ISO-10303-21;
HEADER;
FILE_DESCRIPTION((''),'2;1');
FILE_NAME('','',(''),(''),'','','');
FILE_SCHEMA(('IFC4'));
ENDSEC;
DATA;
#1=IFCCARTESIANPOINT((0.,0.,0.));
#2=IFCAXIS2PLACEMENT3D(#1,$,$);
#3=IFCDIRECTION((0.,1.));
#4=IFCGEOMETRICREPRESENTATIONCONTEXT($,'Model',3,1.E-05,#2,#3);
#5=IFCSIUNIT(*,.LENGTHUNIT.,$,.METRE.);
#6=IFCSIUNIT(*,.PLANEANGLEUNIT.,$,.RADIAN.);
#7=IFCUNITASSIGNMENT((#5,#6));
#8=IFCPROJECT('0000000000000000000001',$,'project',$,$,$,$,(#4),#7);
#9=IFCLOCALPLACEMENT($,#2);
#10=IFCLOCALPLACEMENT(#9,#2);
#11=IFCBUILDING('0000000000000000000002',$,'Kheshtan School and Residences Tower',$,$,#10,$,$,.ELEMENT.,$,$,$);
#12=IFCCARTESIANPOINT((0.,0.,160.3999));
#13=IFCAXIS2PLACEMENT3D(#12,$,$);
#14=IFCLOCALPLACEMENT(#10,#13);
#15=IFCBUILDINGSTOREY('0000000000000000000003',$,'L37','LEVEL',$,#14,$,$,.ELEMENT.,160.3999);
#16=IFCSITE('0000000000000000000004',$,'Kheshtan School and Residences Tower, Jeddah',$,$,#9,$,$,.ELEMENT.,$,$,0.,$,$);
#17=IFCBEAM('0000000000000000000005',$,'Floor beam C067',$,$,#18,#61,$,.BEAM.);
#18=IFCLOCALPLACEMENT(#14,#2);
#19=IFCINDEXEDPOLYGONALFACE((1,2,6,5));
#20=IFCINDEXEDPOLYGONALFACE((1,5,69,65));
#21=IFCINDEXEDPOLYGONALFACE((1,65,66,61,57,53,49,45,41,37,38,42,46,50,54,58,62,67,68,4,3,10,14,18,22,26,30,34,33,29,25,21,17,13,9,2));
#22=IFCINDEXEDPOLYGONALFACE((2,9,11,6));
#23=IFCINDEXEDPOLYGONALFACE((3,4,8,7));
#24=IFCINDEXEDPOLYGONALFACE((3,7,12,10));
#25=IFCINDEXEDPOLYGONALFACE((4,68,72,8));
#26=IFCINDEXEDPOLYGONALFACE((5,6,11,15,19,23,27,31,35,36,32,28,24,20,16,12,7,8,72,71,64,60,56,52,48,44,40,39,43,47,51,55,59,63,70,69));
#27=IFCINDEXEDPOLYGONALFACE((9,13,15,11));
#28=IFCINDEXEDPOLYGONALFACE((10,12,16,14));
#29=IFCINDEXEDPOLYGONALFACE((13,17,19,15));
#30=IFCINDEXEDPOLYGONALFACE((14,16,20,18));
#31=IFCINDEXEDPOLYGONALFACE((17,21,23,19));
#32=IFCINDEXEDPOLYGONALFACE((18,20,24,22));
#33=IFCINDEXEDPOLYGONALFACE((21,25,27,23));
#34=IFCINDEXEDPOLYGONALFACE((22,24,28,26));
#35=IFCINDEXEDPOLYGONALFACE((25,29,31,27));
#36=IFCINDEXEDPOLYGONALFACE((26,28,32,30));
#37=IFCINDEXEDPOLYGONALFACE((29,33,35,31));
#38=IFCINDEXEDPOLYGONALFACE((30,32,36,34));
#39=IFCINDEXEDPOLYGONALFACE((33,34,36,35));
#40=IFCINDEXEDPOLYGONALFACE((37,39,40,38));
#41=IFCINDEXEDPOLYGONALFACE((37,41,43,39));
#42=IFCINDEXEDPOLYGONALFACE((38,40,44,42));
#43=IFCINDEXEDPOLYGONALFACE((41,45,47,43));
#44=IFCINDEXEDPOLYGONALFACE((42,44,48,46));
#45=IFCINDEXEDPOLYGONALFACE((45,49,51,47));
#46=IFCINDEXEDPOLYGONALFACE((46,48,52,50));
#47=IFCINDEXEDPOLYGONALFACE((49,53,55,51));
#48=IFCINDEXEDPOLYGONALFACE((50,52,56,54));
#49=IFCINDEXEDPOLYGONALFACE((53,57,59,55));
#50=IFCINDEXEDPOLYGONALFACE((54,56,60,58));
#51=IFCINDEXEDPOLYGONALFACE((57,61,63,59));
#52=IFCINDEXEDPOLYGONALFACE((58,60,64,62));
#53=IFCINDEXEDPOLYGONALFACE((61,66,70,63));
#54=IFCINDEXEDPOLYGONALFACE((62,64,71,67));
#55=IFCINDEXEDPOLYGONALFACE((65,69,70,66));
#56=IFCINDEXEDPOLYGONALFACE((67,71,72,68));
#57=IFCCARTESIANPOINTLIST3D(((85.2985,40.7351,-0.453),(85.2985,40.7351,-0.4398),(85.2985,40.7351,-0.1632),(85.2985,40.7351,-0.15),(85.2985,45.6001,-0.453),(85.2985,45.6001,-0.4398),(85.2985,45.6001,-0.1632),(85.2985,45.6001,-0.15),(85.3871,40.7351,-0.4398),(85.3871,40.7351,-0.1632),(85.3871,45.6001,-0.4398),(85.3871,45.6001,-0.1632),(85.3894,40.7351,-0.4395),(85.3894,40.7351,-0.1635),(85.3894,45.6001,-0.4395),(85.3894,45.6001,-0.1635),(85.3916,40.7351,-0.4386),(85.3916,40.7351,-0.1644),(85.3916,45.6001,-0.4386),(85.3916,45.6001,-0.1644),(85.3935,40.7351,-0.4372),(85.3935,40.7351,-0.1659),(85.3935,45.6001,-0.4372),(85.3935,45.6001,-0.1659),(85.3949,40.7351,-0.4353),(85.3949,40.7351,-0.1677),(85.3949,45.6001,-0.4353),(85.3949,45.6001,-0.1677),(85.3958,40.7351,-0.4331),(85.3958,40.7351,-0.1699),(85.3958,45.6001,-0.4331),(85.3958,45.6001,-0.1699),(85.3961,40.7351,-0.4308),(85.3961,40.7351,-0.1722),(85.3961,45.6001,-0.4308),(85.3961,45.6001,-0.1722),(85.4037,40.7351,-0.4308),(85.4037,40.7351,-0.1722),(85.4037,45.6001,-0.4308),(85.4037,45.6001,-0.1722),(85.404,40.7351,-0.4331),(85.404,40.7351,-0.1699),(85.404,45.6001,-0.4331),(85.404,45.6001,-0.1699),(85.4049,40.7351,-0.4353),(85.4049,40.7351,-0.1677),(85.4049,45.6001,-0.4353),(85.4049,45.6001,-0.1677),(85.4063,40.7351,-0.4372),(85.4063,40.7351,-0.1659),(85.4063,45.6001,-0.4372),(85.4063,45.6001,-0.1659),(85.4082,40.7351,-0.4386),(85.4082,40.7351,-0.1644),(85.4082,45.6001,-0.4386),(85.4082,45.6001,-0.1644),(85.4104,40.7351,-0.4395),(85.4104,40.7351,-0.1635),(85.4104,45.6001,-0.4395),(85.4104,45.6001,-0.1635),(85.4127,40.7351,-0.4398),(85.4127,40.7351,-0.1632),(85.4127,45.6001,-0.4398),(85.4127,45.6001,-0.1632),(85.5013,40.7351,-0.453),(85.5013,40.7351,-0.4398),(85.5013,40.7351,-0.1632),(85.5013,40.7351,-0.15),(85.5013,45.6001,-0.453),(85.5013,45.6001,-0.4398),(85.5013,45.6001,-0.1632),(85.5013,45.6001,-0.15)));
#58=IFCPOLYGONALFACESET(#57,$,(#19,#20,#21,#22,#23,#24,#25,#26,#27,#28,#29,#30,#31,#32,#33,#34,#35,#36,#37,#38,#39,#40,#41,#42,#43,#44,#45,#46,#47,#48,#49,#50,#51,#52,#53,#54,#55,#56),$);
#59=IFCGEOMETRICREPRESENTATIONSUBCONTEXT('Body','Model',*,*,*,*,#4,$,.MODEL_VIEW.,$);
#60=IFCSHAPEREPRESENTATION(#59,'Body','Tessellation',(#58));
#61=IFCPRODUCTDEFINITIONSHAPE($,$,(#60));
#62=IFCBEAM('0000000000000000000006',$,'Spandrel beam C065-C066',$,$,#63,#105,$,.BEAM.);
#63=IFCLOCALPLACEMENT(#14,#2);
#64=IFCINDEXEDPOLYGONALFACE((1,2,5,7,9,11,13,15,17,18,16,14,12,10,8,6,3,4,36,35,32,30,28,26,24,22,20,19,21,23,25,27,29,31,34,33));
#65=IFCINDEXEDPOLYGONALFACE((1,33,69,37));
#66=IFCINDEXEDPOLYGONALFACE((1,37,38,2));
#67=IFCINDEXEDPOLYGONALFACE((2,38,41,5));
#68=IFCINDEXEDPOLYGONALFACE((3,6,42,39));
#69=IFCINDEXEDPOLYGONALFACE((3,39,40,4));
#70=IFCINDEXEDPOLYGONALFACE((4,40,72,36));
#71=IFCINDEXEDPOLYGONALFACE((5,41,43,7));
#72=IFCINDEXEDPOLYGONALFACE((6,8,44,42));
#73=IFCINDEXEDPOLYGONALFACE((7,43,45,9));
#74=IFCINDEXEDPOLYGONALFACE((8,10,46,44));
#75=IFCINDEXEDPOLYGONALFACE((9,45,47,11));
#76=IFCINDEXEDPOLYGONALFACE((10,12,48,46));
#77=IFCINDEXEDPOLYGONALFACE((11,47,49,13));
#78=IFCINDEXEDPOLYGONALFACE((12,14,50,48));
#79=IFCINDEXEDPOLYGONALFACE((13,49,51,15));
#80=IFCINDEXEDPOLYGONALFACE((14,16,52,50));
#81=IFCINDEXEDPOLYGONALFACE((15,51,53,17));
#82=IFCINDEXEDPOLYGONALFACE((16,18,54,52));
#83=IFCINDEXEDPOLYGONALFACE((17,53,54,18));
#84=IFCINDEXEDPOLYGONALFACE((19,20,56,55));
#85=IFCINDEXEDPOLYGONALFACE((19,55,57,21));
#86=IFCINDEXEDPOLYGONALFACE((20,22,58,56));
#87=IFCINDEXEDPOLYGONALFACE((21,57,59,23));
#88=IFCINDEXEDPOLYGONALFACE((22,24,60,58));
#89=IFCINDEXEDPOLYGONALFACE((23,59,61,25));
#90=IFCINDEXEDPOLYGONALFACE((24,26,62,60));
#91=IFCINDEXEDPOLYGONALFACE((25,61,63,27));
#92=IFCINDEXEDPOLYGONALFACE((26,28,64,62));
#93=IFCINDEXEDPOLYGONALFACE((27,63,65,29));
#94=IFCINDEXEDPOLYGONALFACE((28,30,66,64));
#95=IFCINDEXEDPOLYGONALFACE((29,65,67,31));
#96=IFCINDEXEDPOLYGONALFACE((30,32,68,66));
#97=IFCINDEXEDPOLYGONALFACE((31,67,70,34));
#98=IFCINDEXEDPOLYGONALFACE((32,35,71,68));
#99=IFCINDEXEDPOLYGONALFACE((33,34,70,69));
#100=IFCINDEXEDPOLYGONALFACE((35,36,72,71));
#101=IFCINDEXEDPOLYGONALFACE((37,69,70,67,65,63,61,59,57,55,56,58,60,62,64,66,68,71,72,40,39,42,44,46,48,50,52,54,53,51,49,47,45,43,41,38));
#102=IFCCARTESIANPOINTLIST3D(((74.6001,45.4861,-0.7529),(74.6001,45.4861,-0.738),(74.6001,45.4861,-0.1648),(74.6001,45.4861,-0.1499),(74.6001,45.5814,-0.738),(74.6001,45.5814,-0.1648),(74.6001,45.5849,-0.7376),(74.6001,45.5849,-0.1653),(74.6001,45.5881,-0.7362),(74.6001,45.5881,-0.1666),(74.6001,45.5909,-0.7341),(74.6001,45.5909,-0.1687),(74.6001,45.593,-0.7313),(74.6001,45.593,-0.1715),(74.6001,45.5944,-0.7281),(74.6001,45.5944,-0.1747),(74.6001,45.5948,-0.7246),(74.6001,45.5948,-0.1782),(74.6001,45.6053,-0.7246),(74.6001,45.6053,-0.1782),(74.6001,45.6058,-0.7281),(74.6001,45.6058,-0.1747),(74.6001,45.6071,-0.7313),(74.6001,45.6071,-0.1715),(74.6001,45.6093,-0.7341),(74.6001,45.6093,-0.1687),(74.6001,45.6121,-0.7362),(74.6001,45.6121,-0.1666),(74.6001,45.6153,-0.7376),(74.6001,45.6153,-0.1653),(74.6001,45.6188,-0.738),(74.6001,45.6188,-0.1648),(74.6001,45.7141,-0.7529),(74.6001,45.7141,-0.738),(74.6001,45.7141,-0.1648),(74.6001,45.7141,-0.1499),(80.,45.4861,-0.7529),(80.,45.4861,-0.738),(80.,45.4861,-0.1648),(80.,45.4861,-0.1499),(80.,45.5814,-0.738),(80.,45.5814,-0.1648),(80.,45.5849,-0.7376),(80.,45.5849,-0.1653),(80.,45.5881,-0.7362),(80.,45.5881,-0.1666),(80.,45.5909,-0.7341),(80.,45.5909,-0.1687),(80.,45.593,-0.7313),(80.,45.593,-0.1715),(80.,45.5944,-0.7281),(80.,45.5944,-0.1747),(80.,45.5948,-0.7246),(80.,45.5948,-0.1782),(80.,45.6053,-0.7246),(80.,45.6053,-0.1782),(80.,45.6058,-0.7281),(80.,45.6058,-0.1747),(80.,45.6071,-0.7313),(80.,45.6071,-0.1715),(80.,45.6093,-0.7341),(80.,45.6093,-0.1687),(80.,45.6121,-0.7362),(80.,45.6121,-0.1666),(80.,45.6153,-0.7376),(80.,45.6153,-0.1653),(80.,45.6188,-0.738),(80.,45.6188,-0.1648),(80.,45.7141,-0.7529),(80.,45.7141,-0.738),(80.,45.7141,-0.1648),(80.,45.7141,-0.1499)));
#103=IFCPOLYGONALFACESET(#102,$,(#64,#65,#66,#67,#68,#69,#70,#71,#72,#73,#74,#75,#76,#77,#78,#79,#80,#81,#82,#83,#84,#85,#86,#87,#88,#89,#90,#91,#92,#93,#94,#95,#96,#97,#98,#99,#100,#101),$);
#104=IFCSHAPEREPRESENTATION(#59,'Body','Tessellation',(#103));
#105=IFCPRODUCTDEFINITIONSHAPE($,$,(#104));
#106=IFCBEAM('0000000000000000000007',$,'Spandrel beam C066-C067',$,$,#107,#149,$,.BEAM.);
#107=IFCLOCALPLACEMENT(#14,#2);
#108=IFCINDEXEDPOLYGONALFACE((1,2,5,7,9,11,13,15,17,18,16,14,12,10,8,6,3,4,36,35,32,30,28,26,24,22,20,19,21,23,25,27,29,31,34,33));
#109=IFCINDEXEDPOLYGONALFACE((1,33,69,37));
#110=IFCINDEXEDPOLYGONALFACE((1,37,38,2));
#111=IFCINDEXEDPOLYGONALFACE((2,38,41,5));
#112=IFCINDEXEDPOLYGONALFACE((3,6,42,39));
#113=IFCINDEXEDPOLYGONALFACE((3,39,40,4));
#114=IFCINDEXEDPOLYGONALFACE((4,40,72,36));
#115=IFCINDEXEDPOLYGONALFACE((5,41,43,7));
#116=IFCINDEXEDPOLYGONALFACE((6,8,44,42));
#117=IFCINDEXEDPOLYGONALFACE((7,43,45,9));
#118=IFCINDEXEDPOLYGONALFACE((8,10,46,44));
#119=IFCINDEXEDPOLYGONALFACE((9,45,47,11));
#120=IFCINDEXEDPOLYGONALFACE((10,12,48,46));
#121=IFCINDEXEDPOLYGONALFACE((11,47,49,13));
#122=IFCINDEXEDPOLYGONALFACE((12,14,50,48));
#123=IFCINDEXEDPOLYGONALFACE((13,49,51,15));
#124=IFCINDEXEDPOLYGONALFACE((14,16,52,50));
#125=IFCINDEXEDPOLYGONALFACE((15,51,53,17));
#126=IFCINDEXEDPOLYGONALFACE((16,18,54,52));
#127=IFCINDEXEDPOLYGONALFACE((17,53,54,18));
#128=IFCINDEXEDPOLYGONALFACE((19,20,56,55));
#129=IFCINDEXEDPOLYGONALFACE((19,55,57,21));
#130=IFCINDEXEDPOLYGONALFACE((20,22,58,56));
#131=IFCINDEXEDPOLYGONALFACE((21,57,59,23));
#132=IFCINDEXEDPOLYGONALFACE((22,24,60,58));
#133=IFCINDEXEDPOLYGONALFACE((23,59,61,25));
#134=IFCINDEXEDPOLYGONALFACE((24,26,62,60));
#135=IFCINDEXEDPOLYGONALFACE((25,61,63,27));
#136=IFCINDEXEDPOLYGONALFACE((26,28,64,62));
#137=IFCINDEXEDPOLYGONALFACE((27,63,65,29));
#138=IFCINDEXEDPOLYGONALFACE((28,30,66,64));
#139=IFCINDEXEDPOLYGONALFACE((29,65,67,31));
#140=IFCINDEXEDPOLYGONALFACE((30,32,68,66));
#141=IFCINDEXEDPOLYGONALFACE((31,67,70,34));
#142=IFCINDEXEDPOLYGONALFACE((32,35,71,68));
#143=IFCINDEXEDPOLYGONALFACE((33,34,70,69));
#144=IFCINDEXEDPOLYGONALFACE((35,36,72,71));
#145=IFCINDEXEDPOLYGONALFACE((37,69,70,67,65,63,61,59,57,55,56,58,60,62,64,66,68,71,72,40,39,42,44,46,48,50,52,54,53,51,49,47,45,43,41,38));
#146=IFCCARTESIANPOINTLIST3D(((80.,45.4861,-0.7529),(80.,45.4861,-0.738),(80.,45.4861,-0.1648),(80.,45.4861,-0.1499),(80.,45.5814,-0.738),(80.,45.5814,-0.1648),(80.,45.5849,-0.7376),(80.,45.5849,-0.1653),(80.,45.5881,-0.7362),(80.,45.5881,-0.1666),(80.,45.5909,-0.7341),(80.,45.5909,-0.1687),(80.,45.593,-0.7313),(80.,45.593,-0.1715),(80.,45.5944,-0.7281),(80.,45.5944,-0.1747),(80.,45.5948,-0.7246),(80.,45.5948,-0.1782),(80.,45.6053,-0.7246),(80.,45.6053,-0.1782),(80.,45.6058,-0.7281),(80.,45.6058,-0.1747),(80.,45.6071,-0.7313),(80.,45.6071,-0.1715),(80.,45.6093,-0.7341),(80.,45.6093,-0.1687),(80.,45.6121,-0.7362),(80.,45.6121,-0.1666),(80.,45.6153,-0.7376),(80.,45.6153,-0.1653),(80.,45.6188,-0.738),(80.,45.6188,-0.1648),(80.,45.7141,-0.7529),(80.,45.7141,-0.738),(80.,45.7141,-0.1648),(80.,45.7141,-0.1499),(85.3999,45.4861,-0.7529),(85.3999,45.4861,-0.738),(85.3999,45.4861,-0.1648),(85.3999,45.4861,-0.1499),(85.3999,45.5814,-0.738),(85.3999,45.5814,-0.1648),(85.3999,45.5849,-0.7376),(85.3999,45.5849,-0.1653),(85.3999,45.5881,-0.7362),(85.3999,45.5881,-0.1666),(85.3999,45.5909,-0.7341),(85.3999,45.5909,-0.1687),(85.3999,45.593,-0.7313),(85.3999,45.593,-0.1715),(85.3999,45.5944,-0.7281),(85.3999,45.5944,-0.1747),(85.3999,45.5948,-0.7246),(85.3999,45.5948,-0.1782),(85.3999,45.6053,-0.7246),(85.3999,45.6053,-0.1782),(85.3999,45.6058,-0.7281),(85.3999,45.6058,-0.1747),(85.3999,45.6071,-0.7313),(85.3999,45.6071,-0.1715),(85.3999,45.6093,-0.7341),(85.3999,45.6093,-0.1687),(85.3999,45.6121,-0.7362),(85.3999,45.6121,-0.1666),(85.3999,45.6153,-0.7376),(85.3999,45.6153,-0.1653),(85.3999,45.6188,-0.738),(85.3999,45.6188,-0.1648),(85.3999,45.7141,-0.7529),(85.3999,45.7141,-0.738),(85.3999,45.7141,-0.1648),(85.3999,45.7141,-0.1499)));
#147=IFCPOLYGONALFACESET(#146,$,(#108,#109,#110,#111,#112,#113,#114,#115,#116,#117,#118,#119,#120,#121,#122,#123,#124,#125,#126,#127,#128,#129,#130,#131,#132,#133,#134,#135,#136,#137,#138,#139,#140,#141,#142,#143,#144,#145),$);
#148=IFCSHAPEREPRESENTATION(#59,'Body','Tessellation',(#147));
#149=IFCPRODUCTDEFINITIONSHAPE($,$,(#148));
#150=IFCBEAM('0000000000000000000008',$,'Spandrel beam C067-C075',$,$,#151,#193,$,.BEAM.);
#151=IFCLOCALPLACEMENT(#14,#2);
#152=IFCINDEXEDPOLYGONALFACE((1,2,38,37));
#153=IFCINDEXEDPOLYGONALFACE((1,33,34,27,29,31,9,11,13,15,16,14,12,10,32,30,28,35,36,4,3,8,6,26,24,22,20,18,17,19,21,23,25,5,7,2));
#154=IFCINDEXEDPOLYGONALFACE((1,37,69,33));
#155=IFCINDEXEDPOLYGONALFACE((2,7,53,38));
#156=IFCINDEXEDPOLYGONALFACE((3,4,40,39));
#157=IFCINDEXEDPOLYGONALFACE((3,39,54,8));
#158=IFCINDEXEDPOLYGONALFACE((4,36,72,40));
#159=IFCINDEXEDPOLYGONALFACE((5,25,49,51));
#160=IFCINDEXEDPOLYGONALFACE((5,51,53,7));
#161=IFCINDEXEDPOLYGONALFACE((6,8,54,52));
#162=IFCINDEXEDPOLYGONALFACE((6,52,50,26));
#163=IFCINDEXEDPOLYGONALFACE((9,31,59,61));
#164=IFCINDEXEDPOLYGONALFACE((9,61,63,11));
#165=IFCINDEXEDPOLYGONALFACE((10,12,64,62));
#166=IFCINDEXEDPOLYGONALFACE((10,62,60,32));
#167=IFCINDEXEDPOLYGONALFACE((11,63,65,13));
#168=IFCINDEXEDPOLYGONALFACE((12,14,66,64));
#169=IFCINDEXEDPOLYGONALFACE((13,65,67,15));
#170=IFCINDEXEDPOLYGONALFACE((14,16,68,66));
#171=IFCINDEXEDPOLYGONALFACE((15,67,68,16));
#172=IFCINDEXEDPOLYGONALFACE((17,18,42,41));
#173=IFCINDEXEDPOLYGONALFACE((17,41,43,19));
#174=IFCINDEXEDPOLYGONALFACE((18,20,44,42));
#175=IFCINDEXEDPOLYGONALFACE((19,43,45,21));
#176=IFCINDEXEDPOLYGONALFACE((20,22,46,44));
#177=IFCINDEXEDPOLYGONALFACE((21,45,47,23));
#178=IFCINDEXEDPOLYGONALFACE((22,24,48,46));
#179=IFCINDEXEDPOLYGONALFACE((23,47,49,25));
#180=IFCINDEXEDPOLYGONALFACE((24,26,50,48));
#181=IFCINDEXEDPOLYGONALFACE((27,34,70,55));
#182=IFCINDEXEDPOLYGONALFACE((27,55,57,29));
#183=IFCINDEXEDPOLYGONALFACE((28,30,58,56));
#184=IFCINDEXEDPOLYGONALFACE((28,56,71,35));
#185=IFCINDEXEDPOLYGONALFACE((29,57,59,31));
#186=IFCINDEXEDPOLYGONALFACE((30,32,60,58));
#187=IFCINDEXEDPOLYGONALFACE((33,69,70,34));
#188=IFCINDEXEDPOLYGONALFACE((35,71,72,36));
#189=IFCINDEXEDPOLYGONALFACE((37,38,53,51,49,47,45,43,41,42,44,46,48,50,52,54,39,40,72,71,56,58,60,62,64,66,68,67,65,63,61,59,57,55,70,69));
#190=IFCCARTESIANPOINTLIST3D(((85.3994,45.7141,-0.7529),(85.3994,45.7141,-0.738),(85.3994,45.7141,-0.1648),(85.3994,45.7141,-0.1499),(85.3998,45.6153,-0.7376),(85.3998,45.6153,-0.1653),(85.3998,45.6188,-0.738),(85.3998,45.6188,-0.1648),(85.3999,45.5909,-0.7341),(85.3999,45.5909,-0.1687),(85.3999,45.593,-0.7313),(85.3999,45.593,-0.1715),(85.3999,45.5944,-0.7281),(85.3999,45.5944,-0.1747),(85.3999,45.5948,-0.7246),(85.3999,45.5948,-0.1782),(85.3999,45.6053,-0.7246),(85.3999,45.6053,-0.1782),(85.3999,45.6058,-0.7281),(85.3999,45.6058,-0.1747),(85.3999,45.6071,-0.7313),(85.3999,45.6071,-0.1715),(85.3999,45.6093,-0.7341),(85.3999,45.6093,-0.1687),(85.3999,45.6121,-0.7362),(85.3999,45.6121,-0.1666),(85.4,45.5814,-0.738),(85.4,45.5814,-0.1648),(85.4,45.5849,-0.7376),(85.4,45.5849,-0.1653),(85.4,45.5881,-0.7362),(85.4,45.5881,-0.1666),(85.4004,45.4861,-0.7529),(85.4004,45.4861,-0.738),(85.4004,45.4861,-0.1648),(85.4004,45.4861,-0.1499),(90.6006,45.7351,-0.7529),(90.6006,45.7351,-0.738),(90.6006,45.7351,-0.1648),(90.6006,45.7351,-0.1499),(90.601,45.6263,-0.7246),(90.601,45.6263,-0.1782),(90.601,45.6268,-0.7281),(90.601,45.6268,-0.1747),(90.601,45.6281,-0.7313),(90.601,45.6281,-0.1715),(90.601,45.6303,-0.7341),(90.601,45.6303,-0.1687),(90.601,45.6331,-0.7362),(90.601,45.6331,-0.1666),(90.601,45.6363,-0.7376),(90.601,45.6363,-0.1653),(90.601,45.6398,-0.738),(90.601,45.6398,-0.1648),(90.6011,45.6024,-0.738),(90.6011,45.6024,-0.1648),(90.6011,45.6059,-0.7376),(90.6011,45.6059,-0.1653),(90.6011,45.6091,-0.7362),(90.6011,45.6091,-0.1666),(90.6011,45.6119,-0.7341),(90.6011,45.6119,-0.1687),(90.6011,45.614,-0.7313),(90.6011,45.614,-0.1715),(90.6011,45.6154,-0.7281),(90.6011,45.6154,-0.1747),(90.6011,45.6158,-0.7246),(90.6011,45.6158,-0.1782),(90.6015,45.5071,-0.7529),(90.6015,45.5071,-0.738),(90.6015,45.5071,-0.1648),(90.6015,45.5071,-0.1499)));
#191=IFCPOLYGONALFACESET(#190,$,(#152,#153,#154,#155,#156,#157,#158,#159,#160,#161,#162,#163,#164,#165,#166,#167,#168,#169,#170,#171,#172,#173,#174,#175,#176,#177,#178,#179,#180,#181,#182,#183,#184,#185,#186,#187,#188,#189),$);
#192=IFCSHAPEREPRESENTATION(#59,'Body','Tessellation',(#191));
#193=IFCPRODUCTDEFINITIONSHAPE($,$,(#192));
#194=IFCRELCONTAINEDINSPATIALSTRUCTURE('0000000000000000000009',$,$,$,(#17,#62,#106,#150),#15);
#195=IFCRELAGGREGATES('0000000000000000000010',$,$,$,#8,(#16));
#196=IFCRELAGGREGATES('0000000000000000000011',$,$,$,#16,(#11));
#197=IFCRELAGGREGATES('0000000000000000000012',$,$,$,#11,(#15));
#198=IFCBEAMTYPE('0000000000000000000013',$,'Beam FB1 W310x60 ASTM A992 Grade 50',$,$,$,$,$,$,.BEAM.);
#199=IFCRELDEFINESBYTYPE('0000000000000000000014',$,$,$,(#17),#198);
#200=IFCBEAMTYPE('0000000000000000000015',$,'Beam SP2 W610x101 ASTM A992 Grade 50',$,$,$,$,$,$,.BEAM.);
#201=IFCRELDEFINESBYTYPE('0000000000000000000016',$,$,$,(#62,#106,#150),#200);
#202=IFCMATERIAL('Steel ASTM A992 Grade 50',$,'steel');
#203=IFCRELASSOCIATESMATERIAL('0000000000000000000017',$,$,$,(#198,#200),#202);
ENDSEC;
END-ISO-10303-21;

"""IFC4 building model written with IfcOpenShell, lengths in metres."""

from ifc_helpers import new_model, si_unit, direction, frame, origin, origin_2d, place, context, subcontext, project, spatial, i_section, extrude, material, material_profile, profile_set, type_object, element, save


model = new_model("IFC4")

# Units and contexts
model_context = context("Model", 3, precision=1e-05, world=origin(), true_north=direction((0.0, 1.0)))
body_context = subcontext(model_context, "Body", "Model", "MODEL_VIEW")
ifc_project = project(units=[si_unit("LENGTHUNIT", "METRE"), si_unit("PLANEANGLEUNIT", "RADIAN")], contexts=[model_context])

# Site, building, storey
site_placement = place(None, origin())
site = spatial("IfcSite", under=ifc_project, at=site_placement, Name="Kheshtan School and Residences Tower, Jeddah", CompositionType="ELEMENT", RefElevation=0.0)
building_placement = place(site_placement, origin())
building = spatial("IfcBuilding", under=site, at=building_placement, Name="Kheshtan School and Residences Tower", CompositionType="ELEMENT")
storey_placement = place(building_placement, frame((0.0, 0.0, 160.3999)))
storey = spatial("IfcBuildingStorey", under=building, at=storey_placement, Name="L37", Description="LEVEL", CompositionType="ELEMENT", Elevation=160.3999)

# Shared definitions
ifc_material_1 = material(Name="Steel ASTM A992 Grade 50", Category="steel")

# Beams
ifc_material_profile_1 = material_profile(ifc_material_1, i_section(OverallWidth=0.2029, OverallDepth=0.303, WebThickness=0.0076, FlangeThickness=0.0132, FilletRadius=0.009, at=origin_2d()), Name="W310x60")
ifc_profile_set_1 = profile_set([ifc_material_profile_1], Name="Steel ASTM A992 Grade 50")
beam_type_1 = type_object("IfcBeamType", Name="Beam FB1 W310x60 ASTM A992 Grade 50", PredefinedType="BEAM", material=ifc_profile_set_1)
beam_1_placement = place(storey_placement, frame((85.3999, 45.6001, -0.3015), z_axis=(0.0, -1.0, 0.0), x_axis=(1.0, 0.0, 0.0)))
element("IfcBeam", 1, at=beam_1_placement, inside=storey, type_object=beam_type_1, Name="Floor beam C067", PredefinedType="BEAM", context=body_context, shape_type="SweptSolid", body=[
    extrude(i_section(OverallWidth=0.2029, OverallDepth=0.303, WebThickness=0.0076, FlangeThickness=0.0132, FilletRadius=0.009, at=origin_2d()), origin(), (0.0, 0.0, 1.0), 4.865),
])
ifc_material_profile_2 = material_profile(ifc_material_1, i_section(OverallWidth=0.228, OverallDepth=0.603, WebThickness=0.0105, FlangeThickness=0.0149, FilletRadius=0.0134, at=origin_2d()), Name="W610x101")
ifc_profile_set_2 = profile_set([ifc_material_profile_2], Name="Steel ASTM A992 Grade 50")
beam_type_2 = type_object("IfcBeamType", Name="Beam SP2 W610x101 ASTM A992 Grade 50", PredefinedType="BEAM", material=ifc_profile_set_2)
for number, where, z_axis, x_axis, name in (
    (2, (74.6001, 45.6001, -0.4514), (1.0, 0.0, 0.0), (0.0, 1.0, 0.0), "Spandrel beam C065-C066"),
    (3, (80.0, 45.6001, -0.4514), (1.0, 0.0, 0.0), (0.0, 1.0, 0.0), "Spandrel beam C066-C067"),
):
    element("IfcBeam", number, at=place(storey_placement, frame(where, z_axis=z_axis, x_axis=x_axis)), inside=storey, type_object=beam_type_2, Name=name, PredefinedType="BEAM", context=body_context, shape_type="SweptSolid", body=[
        extrude(i_section(OverallWidth=0.228, OverallDepth=0.603, WebThickness=0.0105, FlangeThickness=0.0149, FilletRadius=0.0134, at=origin_2d()), origin(), (0.0, 0.0, 1.0), 5.3999),
    ])
beam_2_placement = place(storey_placement, frame((85.3999, 45.6001, -0.4514), z_axis=(0.999992, 0.004037, 0.0), x_axis=(-0.004037, 0.999992, 0.0)))
element("IfcBeam", 4, at=beam_2_placement, inside=storey, type_object=beam_type_2, Name="Spandrel beam C067-C075", PredefinedType="BEAM", context=body_context, shape_type="SweptSolid", body=[
    extrude(i_section(OverallWidth=0.228, OverallDepth=0.603, WebThickness=0.0105, FlangeThickness=0.0149, FilletRadius=0.0134, at=origin_2d()), origin(), (0.0, 0.0, 1.0), 5.2012),
])

save(model, "model.ifc")
